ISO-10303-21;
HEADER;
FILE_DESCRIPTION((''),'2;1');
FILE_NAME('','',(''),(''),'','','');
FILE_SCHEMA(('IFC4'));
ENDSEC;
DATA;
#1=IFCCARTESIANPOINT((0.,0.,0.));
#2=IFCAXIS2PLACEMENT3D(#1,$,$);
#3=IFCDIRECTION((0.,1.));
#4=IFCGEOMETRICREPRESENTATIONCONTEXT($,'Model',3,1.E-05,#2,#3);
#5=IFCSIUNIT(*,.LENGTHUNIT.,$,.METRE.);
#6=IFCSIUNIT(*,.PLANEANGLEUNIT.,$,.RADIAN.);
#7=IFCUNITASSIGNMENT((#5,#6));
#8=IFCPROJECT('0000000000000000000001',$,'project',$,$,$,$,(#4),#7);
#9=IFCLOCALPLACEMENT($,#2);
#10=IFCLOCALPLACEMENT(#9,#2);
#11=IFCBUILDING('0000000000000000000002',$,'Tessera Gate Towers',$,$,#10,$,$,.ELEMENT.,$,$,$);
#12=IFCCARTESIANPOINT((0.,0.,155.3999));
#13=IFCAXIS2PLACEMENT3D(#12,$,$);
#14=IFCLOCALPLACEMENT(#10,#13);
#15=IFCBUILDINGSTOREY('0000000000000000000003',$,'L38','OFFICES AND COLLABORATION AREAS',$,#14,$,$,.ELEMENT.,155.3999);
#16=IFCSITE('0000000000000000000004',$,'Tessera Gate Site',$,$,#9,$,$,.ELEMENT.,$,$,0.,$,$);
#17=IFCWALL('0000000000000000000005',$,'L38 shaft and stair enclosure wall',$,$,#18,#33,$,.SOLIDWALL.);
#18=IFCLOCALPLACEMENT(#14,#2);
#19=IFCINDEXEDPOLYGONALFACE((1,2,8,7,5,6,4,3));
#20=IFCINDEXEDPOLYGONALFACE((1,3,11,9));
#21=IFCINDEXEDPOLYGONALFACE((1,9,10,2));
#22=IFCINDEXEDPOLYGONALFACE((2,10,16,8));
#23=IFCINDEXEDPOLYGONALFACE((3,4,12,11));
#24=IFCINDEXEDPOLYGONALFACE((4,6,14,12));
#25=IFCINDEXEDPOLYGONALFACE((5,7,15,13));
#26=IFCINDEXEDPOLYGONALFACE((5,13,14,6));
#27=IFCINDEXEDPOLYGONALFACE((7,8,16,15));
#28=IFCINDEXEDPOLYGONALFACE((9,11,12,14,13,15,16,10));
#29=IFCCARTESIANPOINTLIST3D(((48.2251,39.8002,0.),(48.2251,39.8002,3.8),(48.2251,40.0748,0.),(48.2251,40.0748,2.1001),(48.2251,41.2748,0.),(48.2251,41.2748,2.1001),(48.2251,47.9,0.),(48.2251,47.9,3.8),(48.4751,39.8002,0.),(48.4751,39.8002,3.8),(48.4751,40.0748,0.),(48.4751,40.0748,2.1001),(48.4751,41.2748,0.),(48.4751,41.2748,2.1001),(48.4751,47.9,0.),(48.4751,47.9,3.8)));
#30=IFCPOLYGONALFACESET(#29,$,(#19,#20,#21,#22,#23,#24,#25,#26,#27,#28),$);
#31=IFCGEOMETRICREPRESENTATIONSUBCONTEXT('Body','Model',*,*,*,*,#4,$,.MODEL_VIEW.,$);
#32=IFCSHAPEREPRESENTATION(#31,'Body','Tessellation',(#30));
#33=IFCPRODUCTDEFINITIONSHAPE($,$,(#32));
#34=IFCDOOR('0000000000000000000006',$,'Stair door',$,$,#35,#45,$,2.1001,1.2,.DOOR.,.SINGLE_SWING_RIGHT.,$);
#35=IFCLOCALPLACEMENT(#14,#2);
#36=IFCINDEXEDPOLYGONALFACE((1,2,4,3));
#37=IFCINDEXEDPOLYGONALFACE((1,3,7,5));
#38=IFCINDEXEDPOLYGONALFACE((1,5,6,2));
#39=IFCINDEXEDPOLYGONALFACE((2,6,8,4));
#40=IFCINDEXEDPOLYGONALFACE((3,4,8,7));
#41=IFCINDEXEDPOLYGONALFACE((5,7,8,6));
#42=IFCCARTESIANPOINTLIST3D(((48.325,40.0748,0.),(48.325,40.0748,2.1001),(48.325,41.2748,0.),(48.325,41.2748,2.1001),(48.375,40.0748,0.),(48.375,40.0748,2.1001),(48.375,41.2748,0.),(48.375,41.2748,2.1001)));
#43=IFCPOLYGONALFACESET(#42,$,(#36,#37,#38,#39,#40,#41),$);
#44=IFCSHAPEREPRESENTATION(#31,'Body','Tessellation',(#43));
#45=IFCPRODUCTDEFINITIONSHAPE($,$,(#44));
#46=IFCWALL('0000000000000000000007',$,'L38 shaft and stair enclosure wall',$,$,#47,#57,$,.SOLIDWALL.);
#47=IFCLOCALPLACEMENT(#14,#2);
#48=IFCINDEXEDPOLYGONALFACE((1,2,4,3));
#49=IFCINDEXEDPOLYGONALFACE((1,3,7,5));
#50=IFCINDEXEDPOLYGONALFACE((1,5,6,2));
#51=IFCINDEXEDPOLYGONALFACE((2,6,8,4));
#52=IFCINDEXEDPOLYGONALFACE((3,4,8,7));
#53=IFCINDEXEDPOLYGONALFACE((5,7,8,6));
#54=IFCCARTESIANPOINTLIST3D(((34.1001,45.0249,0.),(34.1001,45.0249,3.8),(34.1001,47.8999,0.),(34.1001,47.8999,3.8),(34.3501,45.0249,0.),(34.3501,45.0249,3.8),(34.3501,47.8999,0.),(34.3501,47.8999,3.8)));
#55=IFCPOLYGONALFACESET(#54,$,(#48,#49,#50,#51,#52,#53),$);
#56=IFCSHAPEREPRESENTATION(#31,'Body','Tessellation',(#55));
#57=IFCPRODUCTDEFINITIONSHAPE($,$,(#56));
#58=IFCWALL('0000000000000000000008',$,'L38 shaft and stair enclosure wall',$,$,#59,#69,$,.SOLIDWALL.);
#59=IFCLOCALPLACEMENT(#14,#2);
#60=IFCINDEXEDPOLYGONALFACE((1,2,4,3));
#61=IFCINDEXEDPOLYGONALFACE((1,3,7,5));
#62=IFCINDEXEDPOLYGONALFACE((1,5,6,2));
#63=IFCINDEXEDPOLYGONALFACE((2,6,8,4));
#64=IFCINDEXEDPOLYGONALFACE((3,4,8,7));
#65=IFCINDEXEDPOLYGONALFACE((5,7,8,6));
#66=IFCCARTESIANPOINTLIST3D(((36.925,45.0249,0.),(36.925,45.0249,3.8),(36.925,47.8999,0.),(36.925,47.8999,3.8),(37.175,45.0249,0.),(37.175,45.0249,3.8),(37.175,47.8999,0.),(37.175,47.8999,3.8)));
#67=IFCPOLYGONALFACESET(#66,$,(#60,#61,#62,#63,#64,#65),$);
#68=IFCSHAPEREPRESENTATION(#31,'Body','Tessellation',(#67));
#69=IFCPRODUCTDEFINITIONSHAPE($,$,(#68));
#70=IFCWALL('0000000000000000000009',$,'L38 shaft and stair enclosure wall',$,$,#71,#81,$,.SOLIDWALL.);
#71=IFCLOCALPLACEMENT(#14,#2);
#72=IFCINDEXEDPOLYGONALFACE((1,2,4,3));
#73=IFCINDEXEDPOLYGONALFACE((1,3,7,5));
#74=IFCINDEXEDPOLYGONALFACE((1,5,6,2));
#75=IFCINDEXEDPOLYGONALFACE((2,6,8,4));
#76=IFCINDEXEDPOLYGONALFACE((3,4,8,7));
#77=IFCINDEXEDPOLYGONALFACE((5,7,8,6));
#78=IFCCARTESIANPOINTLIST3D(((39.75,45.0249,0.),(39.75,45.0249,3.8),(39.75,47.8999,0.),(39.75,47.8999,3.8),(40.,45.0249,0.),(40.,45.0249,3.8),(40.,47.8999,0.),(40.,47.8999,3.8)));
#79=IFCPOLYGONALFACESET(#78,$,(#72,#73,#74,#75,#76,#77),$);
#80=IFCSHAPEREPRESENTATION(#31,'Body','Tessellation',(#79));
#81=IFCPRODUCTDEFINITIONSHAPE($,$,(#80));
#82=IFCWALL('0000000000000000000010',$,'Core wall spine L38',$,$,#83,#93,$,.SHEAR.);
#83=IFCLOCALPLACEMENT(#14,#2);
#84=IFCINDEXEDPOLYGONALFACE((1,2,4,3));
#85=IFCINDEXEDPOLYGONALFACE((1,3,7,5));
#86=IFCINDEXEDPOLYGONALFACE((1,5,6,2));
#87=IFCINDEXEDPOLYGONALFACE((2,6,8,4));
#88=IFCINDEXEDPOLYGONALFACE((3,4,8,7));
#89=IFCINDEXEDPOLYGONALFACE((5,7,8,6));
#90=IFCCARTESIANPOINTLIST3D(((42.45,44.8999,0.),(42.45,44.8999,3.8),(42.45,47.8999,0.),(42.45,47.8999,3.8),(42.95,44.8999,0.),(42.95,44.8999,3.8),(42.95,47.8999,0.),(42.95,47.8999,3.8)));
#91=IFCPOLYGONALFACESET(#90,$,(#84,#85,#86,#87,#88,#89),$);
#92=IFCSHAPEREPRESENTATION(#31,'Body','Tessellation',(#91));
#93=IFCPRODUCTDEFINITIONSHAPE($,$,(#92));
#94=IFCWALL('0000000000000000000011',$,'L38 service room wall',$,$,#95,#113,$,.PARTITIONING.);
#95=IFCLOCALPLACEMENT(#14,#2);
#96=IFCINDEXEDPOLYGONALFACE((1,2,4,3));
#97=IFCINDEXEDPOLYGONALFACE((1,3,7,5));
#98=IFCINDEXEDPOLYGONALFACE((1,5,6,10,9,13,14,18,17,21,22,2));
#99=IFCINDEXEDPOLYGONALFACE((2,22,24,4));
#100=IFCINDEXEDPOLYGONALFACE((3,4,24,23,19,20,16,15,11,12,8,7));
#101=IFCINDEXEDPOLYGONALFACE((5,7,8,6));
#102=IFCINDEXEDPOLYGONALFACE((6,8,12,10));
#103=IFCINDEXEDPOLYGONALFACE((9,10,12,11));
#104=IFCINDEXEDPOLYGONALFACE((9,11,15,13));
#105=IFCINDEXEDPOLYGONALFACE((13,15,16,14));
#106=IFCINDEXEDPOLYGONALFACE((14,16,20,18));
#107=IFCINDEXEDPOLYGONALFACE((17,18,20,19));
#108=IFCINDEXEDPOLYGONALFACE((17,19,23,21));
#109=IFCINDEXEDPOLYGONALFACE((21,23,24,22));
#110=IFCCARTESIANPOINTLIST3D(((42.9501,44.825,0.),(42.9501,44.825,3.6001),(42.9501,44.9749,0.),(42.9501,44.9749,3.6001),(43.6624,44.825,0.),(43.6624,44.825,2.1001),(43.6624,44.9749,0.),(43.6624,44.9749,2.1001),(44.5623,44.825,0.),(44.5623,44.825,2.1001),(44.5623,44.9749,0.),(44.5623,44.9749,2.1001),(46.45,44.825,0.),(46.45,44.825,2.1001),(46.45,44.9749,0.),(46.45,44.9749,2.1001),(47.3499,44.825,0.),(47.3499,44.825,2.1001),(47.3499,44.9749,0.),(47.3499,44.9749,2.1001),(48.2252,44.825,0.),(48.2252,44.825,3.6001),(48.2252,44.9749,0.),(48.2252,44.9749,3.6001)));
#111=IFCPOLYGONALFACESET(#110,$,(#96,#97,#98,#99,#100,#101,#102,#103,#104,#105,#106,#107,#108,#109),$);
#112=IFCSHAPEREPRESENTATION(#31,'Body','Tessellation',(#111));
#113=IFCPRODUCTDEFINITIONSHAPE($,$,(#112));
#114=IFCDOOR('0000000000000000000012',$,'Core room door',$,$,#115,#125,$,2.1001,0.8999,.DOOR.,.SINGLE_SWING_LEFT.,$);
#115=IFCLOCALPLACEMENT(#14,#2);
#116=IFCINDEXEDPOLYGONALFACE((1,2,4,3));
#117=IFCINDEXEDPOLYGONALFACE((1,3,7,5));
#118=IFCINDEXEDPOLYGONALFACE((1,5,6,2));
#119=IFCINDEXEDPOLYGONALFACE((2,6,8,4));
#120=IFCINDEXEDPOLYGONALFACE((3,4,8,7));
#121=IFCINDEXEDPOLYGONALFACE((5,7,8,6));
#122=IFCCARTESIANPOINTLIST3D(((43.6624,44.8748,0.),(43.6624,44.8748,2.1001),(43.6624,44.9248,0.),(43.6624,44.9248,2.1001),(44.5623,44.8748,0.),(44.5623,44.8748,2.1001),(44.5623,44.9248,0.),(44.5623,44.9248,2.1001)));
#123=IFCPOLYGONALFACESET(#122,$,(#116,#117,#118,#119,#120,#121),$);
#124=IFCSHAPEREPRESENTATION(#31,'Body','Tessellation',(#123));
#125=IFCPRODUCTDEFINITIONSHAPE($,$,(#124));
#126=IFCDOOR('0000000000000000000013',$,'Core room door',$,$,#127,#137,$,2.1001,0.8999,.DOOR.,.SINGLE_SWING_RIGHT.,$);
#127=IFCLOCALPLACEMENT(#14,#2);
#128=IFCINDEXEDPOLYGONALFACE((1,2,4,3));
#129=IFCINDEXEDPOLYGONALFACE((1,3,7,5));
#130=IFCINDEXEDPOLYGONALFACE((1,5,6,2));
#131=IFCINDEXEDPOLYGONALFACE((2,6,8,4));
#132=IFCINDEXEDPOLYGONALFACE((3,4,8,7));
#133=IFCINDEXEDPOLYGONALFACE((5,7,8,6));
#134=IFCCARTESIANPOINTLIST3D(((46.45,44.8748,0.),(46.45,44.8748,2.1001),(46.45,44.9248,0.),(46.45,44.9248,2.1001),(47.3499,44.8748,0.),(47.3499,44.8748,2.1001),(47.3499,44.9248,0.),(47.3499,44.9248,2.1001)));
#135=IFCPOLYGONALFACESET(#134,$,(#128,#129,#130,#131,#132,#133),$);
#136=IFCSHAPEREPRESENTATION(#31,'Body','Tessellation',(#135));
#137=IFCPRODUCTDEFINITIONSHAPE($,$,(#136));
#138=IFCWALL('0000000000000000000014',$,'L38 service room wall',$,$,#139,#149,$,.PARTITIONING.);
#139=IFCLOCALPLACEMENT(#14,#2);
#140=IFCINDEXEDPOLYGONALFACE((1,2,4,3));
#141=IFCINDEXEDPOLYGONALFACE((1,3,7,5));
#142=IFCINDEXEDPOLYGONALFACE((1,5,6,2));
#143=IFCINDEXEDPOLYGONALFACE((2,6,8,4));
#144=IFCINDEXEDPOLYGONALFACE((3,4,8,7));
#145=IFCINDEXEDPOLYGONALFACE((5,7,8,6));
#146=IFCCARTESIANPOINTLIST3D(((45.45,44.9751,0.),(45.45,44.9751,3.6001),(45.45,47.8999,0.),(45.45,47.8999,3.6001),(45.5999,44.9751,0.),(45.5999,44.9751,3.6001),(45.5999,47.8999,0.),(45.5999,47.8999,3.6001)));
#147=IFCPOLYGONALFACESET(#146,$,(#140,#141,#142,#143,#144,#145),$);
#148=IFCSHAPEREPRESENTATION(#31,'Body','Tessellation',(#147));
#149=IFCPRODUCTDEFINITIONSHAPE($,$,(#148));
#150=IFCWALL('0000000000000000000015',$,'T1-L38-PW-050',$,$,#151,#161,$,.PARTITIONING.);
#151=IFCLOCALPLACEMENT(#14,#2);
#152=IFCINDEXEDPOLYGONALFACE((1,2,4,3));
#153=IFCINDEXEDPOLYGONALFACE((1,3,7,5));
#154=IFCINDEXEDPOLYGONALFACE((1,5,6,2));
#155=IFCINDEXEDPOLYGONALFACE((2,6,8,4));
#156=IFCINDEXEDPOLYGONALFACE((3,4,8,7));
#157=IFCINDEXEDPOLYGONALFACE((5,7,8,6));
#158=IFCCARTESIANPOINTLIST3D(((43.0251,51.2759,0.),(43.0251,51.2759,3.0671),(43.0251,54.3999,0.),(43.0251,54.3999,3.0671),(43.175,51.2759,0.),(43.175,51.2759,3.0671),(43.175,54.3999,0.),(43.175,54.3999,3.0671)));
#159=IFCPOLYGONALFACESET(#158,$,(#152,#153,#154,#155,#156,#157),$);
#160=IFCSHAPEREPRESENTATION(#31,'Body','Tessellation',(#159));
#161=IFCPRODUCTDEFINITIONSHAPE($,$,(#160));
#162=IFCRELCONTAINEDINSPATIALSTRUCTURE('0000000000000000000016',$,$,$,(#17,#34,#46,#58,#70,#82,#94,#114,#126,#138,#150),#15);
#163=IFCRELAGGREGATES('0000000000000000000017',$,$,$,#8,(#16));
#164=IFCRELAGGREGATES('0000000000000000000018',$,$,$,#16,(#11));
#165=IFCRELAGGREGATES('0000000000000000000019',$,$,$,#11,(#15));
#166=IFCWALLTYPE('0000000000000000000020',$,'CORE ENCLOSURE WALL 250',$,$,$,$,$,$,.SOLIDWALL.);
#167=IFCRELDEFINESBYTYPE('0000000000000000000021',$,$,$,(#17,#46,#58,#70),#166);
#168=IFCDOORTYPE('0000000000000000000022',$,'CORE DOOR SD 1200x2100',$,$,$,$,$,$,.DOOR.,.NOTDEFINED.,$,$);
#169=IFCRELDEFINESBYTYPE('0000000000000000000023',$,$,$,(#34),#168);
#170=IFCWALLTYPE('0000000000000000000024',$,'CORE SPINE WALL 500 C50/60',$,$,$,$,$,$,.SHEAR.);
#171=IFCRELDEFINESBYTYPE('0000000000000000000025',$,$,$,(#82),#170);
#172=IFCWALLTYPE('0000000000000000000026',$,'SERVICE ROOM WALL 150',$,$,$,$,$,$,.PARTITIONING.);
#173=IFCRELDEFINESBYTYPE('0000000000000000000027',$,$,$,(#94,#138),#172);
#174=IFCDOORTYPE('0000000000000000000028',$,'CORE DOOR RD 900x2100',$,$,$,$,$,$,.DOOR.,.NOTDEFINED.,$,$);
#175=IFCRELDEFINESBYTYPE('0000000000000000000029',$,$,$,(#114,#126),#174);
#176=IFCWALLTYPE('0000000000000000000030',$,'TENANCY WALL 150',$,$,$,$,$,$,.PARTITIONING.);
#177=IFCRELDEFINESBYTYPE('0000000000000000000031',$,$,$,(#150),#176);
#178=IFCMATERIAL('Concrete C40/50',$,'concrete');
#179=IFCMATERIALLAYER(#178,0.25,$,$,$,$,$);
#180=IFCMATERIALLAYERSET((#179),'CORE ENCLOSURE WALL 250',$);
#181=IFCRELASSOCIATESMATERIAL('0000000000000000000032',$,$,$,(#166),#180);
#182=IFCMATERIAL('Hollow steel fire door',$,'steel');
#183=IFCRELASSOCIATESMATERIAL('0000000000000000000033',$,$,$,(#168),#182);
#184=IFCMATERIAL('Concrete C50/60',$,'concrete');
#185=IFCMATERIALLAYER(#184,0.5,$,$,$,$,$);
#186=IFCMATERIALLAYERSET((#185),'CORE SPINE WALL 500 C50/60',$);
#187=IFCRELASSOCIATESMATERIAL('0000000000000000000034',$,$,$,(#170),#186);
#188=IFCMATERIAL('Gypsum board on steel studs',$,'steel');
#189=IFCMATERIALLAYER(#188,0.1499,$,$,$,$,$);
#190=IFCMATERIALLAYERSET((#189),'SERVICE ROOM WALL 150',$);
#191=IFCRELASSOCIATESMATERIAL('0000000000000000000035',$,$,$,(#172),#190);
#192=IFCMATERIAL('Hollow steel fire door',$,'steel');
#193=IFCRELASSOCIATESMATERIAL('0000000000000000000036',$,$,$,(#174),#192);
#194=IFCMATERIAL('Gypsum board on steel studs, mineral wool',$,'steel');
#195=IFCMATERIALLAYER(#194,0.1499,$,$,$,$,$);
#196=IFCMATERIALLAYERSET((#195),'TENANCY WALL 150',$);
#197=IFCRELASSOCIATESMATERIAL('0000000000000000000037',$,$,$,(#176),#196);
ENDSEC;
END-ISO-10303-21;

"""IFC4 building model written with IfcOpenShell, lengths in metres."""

from ifc_helpers import new_model, si_unit, direction, frame, frame_2d, origin, place, context, subcontext, project, spatial, rectangle, extrude, source, transform, mapped, material, layer, layer_set, type_object, element, fill, save


model = new_model("IFC4")

# Units and contexts
model_context = context("Model", 3, precision=1e-05, world=origin(), true_north=direction((0.0, 1.0)))
body_context = subcontext(model_context, "Body", "Model", "MODEL_VIEW")
ifc_project = project(units=[si_unit("LENGTHUNIT", "METRE"), si_unit("PLANEANGLEUNIT", "RADIAN")], contexts=[model_context])

# Site, building, storey
site_placement = place(None, origin())
site = spatial("IfcSite", under=ifc_project, at=site_placement, Name="Tessera Gate Site", CompositionType="ELEMENT", RefElevation=0.0)
building_placement = place(site_placement, origin())
building = spatial("IfcBuilding", under=site, at=building_placement, Name="Tessera Gate Towers", CompositionType="ELEMENT")
storey_placement = place(building_placement, frame((0.0, 0.0, 155.3999)))
storey = spatial("IfcBuildingStorey", under=building, at=storey_placement, Name="L38", Description="OFFICES AND COLLABORATION AREAS", CompositionType="ELEMENT", Elevation=155.3999)

# Shared definitions
ifc_material_1 = material(Name="Concrete C40/50", Category="concrete")
ifc_layer_1 = layer(ifc_material_1, 0.25)
ifc_layer_set_1 = layer_set([ifc_layer_1], Name="CORE ENCLOSURE WALL 250")
wall_type_1 = type_object("IfcWallType", Name="CORE ENCLOSURE WALL 250", PredefinedType="SOLIDWALL", material=ifc_layer_set_1)

# Wall, opening, door
wall_1_placement = place(storey_placement, frame((48.3501, 47.8999, 0.0), z_axis=(0.0, 0.0, 1.0), x_axis=(0.0, -1.0, 0.0)))
wall_1 = element("IfcWall", 1, at=wall_1_placement, inside=storey, type_object=wall_type_1, Name="L38 shaft and stair enclosure wall", PredefinedType="SOLIDWALL", context=body_context, shape_type="SweptSolid", body=[
    extrude(rectangle(XDim=8.0999, YDim=0.25, at=frame_2d((4.0498, 0.0))), origin(), (0.0, 0.0, 1.0), 3.8),
])
shared_shape_1 = source(origin(), body_context, "Body", "SweptSolid", [
    extrude(rectangle(XDim=1.2, YDim=2.1001, at=frame_2d((0.6001, 1.05))), frame((0.0, 0.135, 0.0), z_axis=(0.0, -1.0, 0.0), x_axis=(1.0, 0.0, 0.0)), (0.0, 0.0, 1.0), 0.27),
])
opening_1_placement = place(wall_1_placement, frame((6.625, 0.0, 0.0)))
opening_1 = element("IfcOpeningElement", 2, at=opening_1_placement, cuts=wall_1, PredefinedType="OPENING", context=body_context, shape_type="MappedRepresentation", body=[
    mapped(shared_shape_1, transform((0.0, 0.0, 0.0), scale=1.0)),
])
ifc_material_2 = material(Name="Hollow steel fire door", Category="steel")
door_type_1 = type_object("IfcDoorType", Name="CORE DOOR SD 1200x2100", OperationType="NOTDEFINED", PredefinedType="DOOR", material=ifc_material_2)
shared_shape_2 = source(origin(), body_context, "Body", "SweptSolid", [
    extrude(rectangle(XDim=1.2, YDim=2.1001, at=frame_2d((0.6001, 1.05))), frame((0.0, 0.0249, 0.0), z_axis=(0.0, -1.0, 0.0), x_axis=(1.0, 0.0, 0.0)), (0.0, 0.0, 1.0), 0.05),
])
door_1_placement = place(opening_1_placement, origin())
door_1 = element("IfcDoor", 3, at=door_1_placement, inside=storey, type_object=door_type_1, Name="Stair door", OperationType="SINGLE_SWING_RIGHT", OverallHeight=2.1001, OverallWidth=1.2, PredefinedType="DOOR", context=body_context, shape_type="MappedRepresentation", body=[
    mapped(shared_shape_2, transform((0.0, 0.0, 0.0), scale=1.0)),
])
fill(opening_1, door_1)

# Walls
for number, where, z_axis, x_axis, name in (
    (4, (34.2251, 45.0249, 0.0), (0.0, 0.0, 1.0), (0.0, 1.0, 0.0), "L38 shaft and stair enclosure wall"),
    (5, (37.05, 45.0249, 0.0), (0.0, 0.0, 1.0), (0.0, 1.0, 0.0), "L38 shaft and stair enclosure wall"),
    (6, (39.875, 45.0249, 0.0), (0.0, 0.0, 1.0), (0.0, 1.0, 0.0), "L38 shaft and stair enclosure wall"),
):
    element("IfcWall", number, at=place(storey_placement, frame(where, z_axis=z_axis, x_axis=x_axis)), inside=storey, type_object=wall_type_1, Name=name, PredefinedType="SOLIDWALL", context=body_context, shape_type="SweptSolid", body=[
        extrude(rectangle(XDim=2.875, YDim=0.25, at=frame_2d((1.4375, 0.0))), origin(), (0.0, 0.0, 1.0), 3.8),
    ])
ifc_material_3 = material(Name="Concrete C50/60", Category="concrete")
ifc_layer_2 = layer(ifc_material_3, 0.5)
ifc_layer_set_2 = layer_set([ifc_layer_2], Name="CORE SPINE WALL 500 C50/60")
wall_type_2 = type_object("IfcWallType", Name="CORE SPINE WALL 500 C50/60", PredefinedType="SHEAR", material=ifc_layer_set_2)
wall_2_placement = place(storey_placement, frame((42.7, 44.8999, 0.0), z_axis=(0.0, 0.0, 1.0), x_axis=(0.0, 1.0, 0.0)))
element("IfcWall", 7, at=wall_2_placement, inside=storey, type_object=wall_type_2, Name="Core wall spine L38", PredefinedType="SHEAR", context=body_context, shape_type="SweptSolid", body=[
    extrude(rectangle(XDim=3.0, YDim=0.5, at=frame_2d((1.5, 0.0))), origin(), (0.0, 0.0, 1.0), 3.8),
])

# Wall, openings, doors
ifc_material_4 = material(Name="Gypsum board on steel studs", Category="steel")
ifc_layer_3 = layer(ifc_material_4, 0.1499)
ifc_layer_set_3 = layer_set([ifc_layer_3], Name="SERVICE ROOM WALL 150")
wall_type_3 = type_object("IfcWallType", Name="SERVICE ROOM WALL 150", PredefinedType="PARTITIONING", material=ifc_layer_set_3)
wall_3_placement = place(storey_placement, frame((42.95, 44.8999, 0.0), z_axis=(0.0, 0.0, 1.0), x_axis=(1.0, 0.0, 0.0)))
wall_3 = element("IfcWall", 8, at=wall_3_placement, inside=storey, type_object=wall_type_3, Name="L38 service room wall", PredefinedType="PARTITIONING", context=body_context, shape_type="SweptSolid", body=[
    extrude(rectangle(XDim=5.2751, YDim=0.1499, at=frame_2d((2.6377, 0.0))), origin(), (0.0, 0.0, 1.0), 3.6001),
])
shared_shape_3 = source(origin(), body_context, "Body", "SweptSolid", [
    extrude(rectangle(XDim=0.8999, YDim=2.1001, at=frame_2d((0.45, 1.05))), frame((0.0, 0.085, 0.0), z_axis=(0.0, -1.0, 0.0), x_axis=(1.0, 0.0, 0.0)), (0.0, 0.0, 1.0), 0.1699),
])
opening_2_placement = place(wall_3_placement, frame((0.7124, 0.0, 0.0)))
opening_2 = element("IfcOpeningElement", 9, at=opening_2_placement, cuts=wall_3, PredefinedType="OPENING", context=body_context, shape_type="MappedRepresentation", body=[
    mapped(shared_shape_3, transform((0.0, 0.0, 0.0), scale=1.0)),
])
opening_3_placement = place(wall_3_placement, frame((3.5, 0.0, 0.0)))
opening_3 = element("IfcOpeningElement", 10, at=opening_3_placement, cuts=wall_3, PredefinedType="OPENING", context=body_context, shape_type="MappedRepresentation", body=[
    mapped(shared_shape_3, transform((0.0, 0.0, 0.0), scale=1.0)),
])
ifc_material_5 = material(Name="Hollow steel fire door", Category="steel")
door_type_2 = type_object("IfcDoorType", Name="CORE DOOR RD 900x2100", OperationType="NOTDEFINED", PredefinedType="DOOR", material=ifc_material_5)
shared_shape_4 = source(origin(), body_context, "Body", "SweptSolid", [
    extrude(rectangle(XDim=0.8999, YDim=2.1001, at=frame_2d((0.45, 1.05))), frame((0.0, 0.0249, 0.0), z_axis=(0.0, -1.0, 0.0), x_axis=(1.0, 0.0, 0.0)), (0.0, 0.0, 1.0), 0.05),
])
door_2_placement = place(opening_2_placement, origin())
door_2 = element("IfcDoor", 11, at=door_2_placement, inside=storey, type_object=door_type_2, Name="Core room door", OperationType="SINGLE_SWING_LEFT", OverallHeight=2.1001, OverallWidth=0.8999, PredefinedType="DOOR", context=body_context, shape_type="MappedRepresentation", body=[
    mapped(shared_shape_4, transform((0.0, 0.0, 0.0), scale=1.0)),
])
fill(opening_2, door_2)
door_3_placement = place(opening_3_placement, origin())
door_3 = element("IfcDoor", 12, at=door_3_placement, inside=storey, type_object=door_type_2, Name="Core room door", OperationType="SINGLE_SWING_RIGHT", OverallHeight=2.1001, OverallWidth=0.8999, PredefinedType="DOOR", context=body_context, shape_type="MappedRepresentation", body=[
    mapped(shared_shape_4, transform((0.0, 0.0, 0.0), scale=1.0)),
])
fill(opening_3, door_3)

# Walls
wall_4_placement = place(storey_placement, frame((45.5249, 44.9751, 0.0), z_axis=(0.0, 0.0, 1.0), x_axis=(0.0, 1.0, 0.0)))
element("IfcWall", 13, at=wall_4_placement, inside=storey, type_object=wall_type_3, Name="L38 service room wall", PredefinedType="PARTITIONING", context=body_context, shape_type="SweptSolid", body=[
    extrude(rectangle(XDim=2.9248, YDim=0.1499, at=frame_2d((1.4624, 0.0))), origin(), (0.0, 0.0, 1.0), 3.6001),
])
ifc_material_6 = material(Name="Gypsum board on steel studs, mineral wool", Category="steel")
ifc_layer_4 = layer(ifc_material_6, 0.1499)
ifc_layer_set_4 = layer_set([ifc_layer_4], Name="TENANCY WALL 150")
wall_type_4 = type_object("IfcWallType", Name="TENANCY WALL 150", PredefinedType="PARTITIONING", material=ifc_layer_set_4)
wall_5_placement = place(storey_placement, frame((43.1001, 51.2759, 0.0), z_axis=(0.0, 0.0, 1.0), x_axis=(0.0, 1.0, 0.0)))
element("IfcWall", 14, at=wall_5_placement, inside=storey, type_object=wall_type_4, Name="T1-L38-PW-050", PredefinedType="PARTITIONING", context=body_context, shape_type="SweptSolid", body=[
    extrude(rectangle(XDim=3.124, YDim=0.1499, at=frame_2d((1.562, 0.0))), origin(), (0.0, 0.0, 1.0), 3.0671),
])

save(model, "model.ifc")
